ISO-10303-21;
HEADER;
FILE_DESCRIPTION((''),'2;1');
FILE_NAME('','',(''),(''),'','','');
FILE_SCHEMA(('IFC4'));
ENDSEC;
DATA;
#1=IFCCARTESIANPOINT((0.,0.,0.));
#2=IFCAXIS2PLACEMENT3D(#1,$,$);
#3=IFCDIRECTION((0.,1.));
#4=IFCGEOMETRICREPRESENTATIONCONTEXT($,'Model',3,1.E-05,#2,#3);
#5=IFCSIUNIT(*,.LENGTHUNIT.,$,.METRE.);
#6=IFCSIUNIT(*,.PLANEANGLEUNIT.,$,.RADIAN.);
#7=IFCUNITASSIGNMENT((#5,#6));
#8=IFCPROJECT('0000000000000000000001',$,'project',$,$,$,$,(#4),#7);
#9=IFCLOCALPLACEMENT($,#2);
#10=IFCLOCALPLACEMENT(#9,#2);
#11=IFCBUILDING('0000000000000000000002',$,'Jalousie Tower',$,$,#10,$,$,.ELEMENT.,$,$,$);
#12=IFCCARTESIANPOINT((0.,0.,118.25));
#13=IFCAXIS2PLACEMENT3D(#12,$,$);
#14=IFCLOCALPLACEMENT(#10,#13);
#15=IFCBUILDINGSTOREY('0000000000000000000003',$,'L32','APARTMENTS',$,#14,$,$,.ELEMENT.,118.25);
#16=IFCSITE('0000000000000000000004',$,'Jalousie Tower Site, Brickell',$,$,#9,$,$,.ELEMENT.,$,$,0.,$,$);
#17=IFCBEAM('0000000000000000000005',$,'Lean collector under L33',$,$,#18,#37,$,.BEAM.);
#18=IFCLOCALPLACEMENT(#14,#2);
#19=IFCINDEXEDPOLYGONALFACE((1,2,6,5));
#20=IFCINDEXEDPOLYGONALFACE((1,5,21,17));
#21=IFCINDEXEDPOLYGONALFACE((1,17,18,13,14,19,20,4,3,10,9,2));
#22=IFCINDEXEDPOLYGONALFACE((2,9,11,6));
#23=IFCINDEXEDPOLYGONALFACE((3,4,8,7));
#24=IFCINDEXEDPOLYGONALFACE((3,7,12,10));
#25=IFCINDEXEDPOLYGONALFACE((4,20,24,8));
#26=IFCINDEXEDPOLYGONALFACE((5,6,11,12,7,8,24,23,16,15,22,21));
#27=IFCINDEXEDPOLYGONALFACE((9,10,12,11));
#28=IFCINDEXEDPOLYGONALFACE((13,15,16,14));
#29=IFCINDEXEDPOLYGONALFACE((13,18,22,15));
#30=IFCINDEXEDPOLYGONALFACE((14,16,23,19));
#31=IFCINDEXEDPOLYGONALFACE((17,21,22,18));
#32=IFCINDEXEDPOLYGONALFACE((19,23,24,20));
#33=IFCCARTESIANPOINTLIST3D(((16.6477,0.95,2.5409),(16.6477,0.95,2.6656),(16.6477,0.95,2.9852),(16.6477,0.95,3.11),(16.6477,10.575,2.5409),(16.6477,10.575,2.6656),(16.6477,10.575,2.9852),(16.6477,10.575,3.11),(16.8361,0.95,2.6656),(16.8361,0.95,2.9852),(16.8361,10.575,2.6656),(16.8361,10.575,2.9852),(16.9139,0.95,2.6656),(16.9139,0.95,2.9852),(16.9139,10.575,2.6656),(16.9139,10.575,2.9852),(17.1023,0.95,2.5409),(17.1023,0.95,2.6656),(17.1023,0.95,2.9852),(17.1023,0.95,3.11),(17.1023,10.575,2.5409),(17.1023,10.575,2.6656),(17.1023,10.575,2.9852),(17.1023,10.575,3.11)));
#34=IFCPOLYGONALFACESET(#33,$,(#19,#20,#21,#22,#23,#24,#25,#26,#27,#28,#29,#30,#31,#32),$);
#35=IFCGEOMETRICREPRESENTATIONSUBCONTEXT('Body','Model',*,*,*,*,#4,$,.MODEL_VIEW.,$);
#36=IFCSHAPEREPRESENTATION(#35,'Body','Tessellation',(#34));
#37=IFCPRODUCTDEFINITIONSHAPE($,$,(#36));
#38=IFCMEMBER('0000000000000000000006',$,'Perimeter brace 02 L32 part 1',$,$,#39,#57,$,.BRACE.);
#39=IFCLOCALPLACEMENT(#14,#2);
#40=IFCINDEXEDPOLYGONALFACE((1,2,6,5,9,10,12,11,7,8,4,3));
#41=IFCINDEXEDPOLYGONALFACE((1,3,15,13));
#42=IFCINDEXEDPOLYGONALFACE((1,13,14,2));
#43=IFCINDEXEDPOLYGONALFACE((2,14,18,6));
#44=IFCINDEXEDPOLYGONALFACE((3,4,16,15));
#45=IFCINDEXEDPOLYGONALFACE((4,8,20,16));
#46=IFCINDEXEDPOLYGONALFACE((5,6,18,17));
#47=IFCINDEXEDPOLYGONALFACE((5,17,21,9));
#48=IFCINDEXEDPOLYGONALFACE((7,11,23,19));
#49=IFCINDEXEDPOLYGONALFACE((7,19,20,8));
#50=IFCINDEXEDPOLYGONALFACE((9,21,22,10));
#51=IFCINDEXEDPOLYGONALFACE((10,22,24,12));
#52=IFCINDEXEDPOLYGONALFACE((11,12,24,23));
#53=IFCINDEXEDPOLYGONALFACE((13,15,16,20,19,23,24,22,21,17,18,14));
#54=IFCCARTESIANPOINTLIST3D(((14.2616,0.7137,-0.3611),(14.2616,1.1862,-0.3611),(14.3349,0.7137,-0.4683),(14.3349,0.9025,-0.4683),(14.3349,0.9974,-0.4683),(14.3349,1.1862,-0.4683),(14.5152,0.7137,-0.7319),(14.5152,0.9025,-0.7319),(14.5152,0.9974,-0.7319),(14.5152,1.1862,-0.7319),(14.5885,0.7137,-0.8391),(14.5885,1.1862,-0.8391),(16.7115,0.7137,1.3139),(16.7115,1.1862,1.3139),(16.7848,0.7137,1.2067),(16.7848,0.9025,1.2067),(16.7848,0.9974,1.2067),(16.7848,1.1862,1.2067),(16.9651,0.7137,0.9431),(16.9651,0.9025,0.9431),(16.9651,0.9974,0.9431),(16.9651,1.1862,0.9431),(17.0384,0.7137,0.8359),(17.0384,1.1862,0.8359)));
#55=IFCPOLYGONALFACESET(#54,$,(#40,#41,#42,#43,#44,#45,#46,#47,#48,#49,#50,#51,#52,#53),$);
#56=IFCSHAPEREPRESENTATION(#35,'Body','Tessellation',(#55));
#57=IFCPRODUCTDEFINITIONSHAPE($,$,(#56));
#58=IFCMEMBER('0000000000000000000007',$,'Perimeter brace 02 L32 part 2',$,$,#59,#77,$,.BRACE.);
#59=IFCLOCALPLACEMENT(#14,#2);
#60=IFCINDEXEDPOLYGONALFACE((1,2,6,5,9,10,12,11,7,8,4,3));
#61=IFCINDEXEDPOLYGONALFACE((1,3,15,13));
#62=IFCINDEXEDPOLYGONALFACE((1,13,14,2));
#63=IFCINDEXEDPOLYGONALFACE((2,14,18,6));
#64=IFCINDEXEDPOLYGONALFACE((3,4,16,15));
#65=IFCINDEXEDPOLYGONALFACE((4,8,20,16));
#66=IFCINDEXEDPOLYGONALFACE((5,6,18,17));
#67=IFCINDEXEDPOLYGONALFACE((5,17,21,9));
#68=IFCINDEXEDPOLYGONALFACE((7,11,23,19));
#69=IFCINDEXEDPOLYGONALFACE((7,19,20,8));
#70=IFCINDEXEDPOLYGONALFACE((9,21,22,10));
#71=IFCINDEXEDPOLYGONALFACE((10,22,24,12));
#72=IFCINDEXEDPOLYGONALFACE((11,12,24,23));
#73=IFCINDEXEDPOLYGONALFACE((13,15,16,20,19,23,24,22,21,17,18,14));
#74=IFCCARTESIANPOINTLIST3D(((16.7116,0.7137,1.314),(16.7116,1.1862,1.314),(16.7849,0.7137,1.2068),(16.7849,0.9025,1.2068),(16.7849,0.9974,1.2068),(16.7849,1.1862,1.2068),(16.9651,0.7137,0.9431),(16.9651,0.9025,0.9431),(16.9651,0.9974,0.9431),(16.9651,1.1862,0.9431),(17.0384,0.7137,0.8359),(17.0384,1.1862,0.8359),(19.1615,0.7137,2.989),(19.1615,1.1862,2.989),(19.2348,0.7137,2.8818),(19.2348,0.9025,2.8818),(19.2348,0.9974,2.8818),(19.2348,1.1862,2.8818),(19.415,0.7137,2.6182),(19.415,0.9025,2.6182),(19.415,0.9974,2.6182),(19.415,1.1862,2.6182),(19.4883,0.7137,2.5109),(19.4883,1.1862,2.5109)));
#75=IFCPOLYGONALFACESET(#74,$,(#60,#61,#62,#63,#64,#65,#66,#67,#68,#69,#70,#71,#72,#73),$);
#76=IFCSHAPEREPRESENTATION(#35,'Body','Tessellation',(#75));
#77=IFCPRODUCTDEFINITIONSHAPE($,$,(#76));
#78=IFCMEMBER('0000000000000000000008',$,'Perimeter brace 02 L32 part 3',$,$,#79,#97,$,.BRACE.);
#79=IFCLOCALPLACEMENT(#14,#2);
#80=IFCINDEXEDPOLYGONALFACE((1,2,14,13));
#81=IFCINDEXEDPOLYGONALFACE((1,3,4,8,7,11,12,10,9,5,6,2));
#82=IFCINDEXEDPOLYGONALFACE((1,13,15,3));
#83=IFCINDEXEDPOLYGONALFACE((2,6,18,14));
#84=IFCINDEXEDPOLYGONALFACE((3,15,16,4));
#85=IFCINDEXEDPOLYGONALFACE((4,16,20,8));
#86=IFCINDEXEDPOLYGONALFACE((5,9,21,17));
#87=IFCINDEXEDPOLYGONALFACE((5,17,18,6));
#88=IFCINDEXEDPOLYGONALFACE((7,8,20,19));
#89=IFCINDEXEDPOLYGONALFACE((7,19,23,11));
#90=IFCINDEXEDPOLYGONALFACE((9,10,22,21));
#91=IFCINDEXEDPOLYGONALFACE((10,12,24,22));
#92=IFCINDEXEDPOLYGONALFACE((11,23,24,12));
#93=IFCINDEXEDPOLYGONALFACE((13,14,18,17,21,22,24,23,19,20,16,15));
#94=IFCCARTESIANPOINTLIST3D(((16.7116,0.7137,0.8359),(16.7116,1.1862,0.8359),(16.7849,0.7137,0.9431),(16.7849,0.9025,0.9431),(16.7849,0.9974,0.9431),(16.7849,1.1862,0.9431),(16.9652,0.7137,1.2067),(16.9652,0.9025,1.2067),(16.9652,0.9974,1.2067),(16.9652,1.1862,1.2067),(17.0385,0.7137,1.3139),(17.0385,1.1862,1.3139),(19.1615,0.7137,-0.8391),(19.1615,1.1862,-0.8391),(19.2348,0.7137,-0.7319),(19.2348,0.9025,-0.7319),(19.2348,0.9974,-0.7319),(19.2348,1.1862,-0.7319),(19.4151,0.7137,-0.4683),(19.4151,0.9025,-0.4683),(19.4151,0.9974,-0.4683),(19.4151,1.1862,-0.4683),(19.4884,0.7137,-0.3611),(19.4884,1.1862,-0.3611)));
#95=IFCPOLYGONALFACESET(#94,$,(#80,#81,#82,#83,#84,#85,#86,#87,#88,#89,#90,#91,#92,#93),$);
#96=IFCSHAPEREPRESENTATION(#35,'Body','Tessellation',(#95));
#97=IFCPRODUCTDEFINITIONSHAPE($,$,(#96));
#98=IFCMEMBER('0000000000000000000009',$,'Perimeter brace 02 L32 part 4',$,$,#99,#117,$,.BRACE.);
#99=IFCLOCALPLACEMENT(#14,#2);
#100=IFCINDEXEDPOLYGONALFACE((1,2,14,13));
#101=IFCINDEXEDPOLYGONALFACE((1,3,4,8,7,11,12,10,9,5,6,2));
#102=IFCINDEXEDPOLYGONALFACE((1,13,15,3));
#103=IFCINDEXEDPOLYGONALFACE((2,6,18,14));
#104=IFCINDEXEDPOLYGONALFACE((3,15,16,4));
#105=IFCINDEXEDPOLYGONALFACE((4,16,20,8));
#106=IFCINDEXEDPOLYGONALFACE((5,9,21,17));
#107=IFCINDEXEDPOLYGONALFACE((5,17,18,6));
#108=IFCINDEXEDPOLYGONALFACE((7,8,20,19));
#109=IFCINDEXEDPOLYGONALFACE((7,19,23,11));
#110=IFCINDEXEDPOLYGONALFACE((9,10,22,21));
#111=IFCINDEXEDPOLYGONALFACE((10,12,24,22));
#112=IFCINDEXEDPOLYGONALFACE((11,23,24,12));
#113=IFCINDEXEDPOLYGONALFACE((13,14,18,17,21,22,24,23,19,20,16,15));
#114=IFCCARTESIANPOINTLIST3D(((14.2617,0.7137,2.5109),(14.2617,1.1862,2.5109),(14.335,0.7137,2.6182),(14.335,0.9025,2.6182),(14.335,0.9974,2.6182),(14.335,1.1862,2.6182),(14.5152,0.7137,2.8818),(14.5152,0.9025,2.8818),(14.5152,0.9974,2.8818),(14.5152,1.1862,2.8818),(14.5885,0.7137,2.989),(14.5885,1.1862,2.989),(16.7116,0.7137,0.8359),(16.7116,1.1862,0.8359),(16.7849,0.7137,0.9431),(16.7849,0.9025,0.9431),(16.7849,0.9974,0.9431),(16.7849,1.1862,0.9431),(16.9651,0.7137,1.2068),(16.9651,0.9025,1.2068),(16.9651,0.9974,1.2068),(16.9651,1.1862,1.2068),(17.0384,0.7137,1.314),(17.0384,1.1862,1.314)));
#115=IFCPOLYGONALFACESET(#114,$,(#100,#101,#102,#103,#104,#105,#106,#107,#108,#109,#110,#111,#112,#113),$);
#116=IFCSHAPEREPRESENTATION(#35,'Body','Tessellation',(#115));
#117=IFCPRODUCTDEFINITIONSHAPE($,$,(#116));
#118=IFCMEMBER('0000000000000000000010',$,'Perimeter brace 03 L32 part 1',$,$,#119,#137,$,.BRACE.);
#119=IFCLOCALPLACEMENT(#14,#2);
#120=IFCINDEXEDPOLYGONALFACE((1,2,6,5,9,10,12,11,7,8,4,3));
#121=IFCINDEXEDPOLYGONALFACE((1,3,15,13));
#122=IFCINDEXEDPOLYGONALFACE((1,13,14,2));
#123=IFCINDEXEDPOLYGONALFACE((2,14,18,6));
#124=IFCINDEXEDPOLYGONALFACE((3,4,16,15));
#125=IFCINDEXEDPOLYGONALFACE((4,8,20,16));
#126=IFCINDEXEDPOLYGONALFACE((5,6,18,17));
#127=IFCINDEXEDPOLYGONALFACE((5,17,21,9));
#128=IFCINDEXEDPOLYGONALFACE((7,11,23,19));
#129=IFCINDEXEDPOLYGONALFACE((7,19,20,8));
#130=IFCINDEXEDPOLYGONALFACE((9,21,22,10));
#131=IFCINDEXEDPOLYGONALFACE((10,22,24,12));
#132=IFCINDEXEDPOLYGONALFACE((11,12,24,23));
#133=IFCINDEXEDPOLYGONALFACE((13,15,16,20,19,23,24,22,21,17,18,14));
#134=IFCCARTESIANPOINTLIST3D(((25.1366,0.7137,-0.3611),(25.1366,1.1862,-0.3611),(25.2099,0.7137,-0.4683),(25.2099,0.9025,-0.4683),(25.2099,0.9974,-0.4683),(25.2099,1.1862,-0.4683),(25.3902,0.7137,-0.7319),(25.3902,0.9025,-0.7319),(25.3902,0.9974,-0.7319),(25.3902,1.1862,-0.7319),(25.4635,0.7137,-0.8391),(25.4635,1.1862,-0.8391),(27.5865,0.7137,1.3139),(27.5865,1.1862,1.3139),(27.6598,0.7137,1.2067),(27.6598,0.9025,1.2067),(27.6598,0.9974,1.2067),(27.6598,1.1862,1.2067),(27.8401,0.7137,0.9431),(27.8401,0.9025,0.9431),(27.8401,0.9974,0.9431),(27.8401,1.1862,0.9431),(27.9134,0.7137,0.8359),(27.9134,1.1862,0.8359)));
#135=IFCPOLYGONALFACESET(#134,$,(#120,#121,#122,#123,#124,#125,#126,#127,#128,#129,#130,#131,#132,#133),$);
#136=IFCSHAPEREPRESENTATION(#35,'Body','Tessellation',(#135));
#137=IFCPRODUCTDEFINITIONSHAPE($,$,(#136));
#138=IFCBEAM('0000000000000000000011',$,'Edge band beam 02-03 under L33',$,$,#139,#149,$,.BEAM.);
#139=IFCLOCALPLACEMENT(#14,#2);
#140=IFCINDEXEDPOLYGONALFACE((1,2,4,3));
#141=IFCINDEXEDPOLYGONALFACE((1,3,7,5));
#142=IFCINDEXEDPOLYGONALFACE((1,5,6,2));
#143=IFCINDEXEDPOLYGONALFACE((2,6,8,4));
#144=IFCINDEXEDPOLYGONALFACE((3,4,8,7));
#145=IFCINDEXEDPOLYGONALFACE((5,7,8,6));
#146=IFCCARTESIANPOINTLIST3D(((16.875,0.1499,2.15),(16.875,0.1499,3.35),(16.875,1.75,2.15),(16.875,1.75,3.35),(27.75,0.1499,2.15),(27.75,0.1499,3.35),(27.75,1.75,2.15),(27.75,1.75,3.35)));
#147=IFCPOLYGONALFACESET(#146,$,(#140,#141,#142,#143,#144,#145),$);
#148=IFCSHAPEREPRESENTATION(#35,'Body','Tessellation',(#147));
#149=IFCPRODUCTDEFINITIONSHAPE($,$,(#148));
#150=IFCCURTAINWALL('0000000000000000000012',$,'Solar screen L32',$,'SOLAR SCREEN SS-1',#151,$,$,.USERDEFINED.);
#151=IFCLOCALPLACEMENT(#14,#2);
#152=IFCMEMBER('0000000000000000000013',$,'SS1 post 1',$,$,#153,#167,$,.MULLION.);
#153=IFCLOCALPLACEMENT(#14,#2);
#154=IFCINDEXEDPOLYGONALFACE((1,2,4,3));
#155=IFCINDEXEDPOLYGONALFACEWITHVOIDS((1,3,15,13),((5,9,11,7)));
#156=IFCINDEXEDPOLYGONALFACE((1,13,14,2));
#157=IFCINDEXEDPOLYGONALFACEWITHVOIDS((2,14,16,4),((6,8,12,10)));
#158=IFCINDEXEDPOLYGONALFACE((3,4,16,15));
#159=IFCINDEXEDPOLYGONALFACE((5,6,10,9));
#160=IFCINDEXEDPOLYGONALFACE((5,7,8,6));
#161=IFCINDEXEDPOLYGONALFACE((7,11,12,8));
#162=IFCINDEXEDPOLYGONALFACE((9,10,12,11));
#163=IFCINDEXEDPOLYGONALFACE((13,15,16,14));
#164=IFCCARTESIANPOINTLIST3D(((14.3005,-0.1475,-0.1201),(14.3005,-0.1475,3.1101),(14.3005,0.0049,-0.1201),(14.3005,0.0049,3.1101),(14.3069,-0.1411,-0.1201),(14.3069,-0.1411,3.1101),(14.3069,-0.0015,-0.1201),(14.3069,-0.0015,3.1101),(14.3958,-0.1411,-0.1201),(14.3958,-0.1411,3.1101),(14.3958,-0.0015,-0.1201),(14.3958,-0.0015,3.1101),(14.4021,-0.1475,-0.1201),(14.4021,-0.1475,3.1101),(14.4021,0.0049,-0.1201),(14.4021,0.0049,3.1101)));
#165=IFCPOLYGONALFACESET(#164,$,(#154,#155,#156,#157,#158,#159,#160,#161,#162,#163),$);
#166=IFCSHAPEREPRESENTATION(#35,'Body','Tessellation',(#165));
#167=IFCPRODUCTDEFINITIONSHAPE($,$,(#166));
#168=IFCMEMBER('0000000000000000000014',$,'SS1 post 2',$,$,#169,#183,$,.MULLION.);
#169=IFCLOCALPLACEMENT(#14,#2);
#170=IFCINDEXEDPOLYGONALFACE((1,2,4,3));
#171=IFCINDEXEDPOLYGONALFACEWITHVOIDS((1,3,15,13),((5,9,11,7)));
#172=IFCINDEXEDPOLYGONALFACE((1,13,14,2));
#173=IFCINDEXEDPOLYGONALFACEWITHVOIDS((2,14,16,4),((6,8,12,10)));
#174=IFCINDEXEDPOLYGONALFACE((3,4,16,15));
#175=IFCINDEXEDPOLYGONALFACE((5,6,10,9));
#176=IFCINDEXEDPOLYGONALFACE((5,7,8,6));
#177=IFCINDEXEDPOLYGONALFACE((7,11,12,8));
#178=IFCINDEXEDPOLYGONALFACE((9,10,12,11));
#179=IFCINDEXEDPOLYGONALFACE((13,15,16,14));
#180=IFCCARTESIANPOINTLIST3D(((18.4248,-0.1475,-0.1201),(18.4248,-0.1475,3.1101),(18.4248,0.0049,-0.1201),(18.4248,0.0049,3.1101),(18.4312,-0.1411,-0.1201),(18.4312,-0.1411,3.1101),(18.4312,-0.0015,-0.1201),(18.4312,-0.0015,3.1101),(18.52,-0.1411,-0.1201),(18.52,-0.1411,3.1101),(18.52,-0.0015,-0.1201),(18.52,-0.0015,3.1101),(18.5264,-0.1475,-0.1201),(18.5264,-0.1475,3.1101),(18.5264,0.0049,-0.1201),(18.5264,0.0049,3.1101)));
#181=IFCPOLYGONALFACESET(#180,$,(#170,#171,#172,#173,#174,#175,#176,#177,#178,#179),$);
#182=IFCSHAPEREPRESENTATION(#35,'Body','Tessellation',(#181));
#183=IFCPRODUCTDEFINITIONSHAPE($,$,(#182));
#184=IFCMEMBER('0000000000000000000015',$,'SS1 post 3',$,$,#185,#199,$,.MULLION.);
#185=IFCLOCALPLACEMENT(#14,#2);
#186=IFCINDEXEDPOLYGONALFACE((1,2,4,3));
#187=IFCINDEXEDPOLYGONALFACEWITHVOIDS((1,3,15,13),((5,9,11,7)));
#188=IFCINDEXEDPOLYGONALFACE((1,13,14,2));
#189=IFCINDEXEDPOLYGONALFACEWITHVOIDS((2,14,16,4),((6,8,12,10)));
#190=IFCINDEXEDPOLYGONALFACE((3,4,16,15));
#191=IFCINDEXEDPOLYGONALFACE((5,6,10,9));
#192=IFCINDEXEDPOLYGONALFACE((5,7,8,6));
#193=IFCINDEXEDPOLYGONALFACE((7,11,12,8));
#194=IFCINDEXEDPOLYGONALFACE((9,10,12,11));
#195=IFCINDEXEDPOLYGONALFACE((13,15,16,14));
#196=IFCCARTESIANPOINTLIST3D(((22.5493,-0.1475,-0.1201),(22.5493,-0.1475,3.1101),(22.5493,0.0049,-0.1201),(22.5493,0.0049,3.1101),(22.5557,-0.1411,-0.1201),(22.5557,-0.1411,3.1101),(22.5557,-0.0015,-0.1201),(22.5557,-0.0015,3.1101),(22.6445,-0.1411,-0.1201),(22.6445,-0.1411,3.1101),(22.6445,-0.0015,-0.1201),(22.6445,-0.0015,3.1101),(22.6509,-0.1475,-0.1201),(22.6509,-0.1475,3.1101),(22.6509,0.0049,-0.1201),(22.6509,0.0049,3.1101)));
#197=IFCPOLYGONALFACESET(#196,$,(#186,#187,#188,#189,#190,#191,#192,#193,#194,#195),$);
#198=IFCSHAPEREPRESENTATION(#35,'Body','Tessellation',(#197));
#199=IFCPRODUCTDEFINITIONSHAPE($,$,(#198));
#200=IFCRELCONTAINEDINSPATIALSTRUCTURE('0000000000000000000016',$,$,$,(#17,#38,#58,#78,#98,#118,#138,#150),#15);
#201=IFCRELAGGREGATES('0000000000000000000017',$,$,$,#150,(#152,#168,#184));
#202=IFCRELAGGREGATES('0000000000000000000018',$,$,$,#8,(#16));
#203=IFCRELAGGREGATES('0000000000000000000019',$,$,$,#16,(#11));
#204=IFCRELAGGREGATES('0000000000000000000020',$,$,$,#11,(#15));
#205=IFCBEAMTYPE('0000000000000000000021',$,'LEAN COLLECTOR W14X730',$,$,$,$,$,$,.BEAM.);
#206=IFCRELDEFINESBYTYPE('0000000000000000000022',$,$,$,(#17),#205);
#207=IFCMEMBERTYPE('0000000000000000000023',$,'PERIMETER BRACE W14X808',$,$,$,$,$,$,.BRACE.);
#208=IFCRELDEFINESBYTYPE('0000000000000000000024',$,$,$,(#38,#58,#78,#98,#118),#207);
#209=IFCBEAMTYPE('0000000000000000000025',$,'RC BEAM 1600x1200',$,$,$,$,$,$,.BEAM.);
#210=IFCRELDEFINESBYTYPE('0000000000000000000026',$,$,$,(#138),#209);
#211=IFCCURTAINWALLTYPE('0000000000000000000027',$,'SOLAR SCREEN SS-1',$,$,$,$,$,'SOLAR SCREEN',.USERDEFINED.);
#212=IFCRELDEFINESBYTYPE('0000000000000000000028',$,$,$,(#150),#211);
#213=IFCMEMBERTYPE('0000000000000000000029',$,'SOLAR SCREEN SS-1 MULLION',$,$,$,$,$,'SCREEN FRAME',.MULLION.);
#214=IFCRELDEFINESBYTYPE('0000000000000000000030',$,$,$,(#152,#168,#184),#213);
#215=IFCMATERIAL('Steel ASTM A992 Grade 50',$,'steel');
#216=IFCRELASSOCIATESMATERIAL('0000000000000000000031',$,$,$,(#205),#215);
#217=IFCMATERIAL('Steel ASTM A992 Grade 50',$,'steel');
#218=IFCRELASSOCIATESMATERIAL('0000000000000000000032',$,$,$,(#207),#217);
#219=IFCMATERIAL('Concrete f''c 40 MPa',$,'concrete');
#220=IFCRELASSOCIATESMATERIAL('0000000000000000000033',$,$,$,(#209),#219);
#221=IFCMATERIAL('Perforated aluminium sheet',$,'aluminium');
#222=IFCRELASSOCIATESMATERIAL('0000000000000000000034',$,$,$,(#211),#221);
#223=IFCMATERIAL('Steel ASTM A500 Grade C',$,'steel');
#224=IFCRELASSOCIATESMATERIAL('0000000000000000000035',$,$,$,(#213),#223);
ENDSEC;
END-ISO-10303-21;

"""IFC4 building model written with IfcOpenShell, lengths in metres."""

from ifc_helpers import new_model, si_unit, direction, frame, origin, origin_2d, place, context, subcontext, project, spatial, rectangle, hollow_rectangle, i_section, extrude, material, material_profile, profile_set, type_object, element, aggregate, save


model = new_model("IFC4")

# Units and contexts
model_context = context("Model", 3, precision=1e-05, world=origin(), true_north=direction((0.0, 1.0)))
body_context = subcontext(model_context, "Body", "Model", "MODEL_VIEW")
ifc_project = project(units=[si_unit("LENGTHUNIT", "METRE"), si_unit("PLANEANGLEUNIT", "RADIAN")], contexts=[model_context])

# Site, building, storey
site_placement = place(None, origin())
site = spatial("IfcSite", under=ifc_project, at=site_placement, Name="Jalousie Tower Site, Brickell", CompositionType="ELEMENT", RefElevation=0.0)
building_placement = place(site_placement, origin())
building = spatial("IfcBuilding", under=site, at=building_placement, Name="Jalousie Tower", CompositionType="ELEMENT")
storey_placement = place(building_placement, frame((0.0, 0.0, 118.25)))
storey = spatial("IfcBuildingStorey", under=building, at=storey_placement, Name="L32", Description="APARTMENTS", CompositionType="ELEMENT", Elevation=118.25)

# Beam
ifc_material_1 = material(Name="Steel ASTM A992 Grade 50", Category="steel")
ifc_material_profile_1 = material_profile(ifc_material_1, i_section(OverallWidth=0.4546, OverallDepth=0.5691, WebThickness=0.0779, FlangeThickness=0.1248, at=origin_2d()), Name="W14X730")
ifc_profile_set_1 = profile_set([ifc_material_profile_1], Name="Steel ASTM A992 Grade 50")
beam_type_1 = type_object("IfcBeamType", Name="LEAN COLLECTOR W14X730", PredefinedType="BEAM", material=ifc_profile_set_1)
beam_1_placement = place(storey_placement, frame((16.875, 0.95, 2.8254), z_axis=(0.0, 1.0, 0.0), x_axis=(-1.0, 0.0, 0.0)))
element("IfcBeam", 1, at=beam_1_placement, inside=storey, type_object=beam_type_1, Name="Lean collector under L33", PredefinedType="BEAM", context=body_context, shape_type="SweptSolid", body=[
    extrude(i_section(OverallWidth=0.4546, OverallDepth=0.5691, WebThickness=0.0779, FlangeThickness=0.1248, at=origin_2d()), origin(), (0.0, 0.0, 1.0), 9.625),
])

# Members
ifc_material_2 = material(Name="Steel ASTM A992 Grade 50", Category="steel")
ifc_material_profile_2 = material_profile(ifc_material_2, i_section(OverallWidth=0.4724, OverallDepth=0.5791, WebThickness=0.095, FlangeThickness=0.1299, at=origin_2d()), Name="W14X808")
ifc_profile_set_2 = profile_set([ifc_material_profile_2], Name="Steel ASTM A992 Grade 50")
member_type_1 = type_object("IfcMemberType", Name="PERIMETER BRACE W14X808", PredefinedType="BRACE", material=ifc_profile_set_2)
for number, where, z_axis, x_axis, name in (
    (2, (14.425, 0.95, -0.6001), (0.825501, 0.0, 0.564401), (0.0, 1.0, 0.0), "Perimeter brace 02 L32 part 1"),
    (3, (16.875, 0.95, 1.075), (0.825501, 0.0, 0.564401), (0.0, 1.0, 0.0), "Perimeter brace 02 L32 part 2"),
    (4, (19.325, 0.95, -0.6001), (-0.825501, 0.0, 0.564401), (0.0, -1.0, 0.0), "Perimeter brace 02 L32 part 3"),
    (5, (16.875, 0.95, 1.075), (-0.825501, 0.0, 0.564401), (0.0, -1.0, 0.0), "Perimeter brace 02 L32 part 4"),
    (6, (25.3, 0.95, -0.6001), (0.825501, 0.0, 0.564401), (0.0, 1.0, 0.0), "Perimeter brace 03 L32 part 1"),
):
    element("IfcMember", number, at=place(storey_placement, frame(where, z_axis=z_axis, x_axis=x_axis)), inside=storey, type_object=member_type_1, Name=name, PredefinedType="BRACE", context=body_context, shape_type="SweptSolid", body=[
        extrude(i_section(OverallWidth=0.4724, OverallDepth=0.5791, WebThickness=0.095, FlangeThickness=0.1299, at=origin_2d()), origin(), (0.0, 0.0, 1.0), 2.9678),
    ])

# Beam
ifc_material_3 = material(Name="Concrete f'c 40 MPa", Category="concrete")
ifc_material_profile_3 = material_profile(ifc_material_3, rectangle(XDim=1.6001, YDim=1.2, at=origin_2d()), Name="RC 1600x1200")
ifc_profile_set_3 = profile_set([ifc_material_profile_3], Name="Concrete f'c 40 MPa")
beam_type_2 = type_object("IfcBeamType", Name="RC BEAM 1600x1200", PredefinedType="BEAM", material=ifc_profile_set_3)
beam_2_placement = place(storey_placement, frame((16.875, 0.95, 2.75), z_axis=(1.0, 0.0, 0.0), x_axis=(0.0, 1.0, 0.0)))
element("IfcBeam", 7, at=beam_2_placement, inside=storey, type_object=beam_type_2, Name="Edge band beam 02-03 under L33", PredefinedType="BEAM", context=body_context, shape_type="SweptSolid", body=[
    extrude(rectangle(XDim=1.6001, YDim=1.2, at=origin_2d()), origin(), (0.0, 0.0, 1.0), 10.875),
])

# Curtain wall, members
ifc_material_4 = material(Name="Perforated aluminium sheet", Category="aluminium")
curtain_wall_type = type_object("IfcCurtainWallType", Name="SOLAR SCREEN SS-1", ElementType="SOLAR SCREEN", PredefinedType="USERDEFINED", material=ifc_material_4)
curtain_wall_1_placement = place(storey_placement, origin())
curtain_wall_1 = element("IfcCurtainWall", 8, at=curtain_wall_1_placement, inside=storey, type_object=curtain_wall_type, Name="Solar screen L32", ObjectType="SOLAR SCREEN SS-1", PredefinedType="USERDEFINED")
ifc_material_5 = material(Name="Steel ASTM A500 Grade C", Category="steel")
ifc_material_profile_4 = material_profile(ifc_material_5, hollow_rectangle(XDim=0.1016, YDim=0.1523, WallThickness=0.0063, at=origin_2d()), Name="HSS6X4X1/4")
ifc_profile_set_4 = profile_set([ifc_material_profile_4], Name="Steel ASTM A500 Grade C")
member_type_2 = type_object("IfcMemberType", Name="SOLAR SCREEN SS-1 MULLION", ElementType="SCREEN FRAME", PredefinedType="MULLION", material=ifc_profile_set_4)
member_1_placement = place(storey_placement, frame((14.3513, -0.0713, -0.1201), z_axis=(0.0, 0.0, 1.0), x_axis=(1.0, 0.0, 0.0)))
member_1 = element("IfcMember", 9, at=member_1_placement, type_object=member_type_2, Name="SS1 post 1", PredefinedType="MULLION", context=body_context, shape_type="SweptSolid", body=[
    extrude(hollow_rectangle(XDim=0.1016, YDim=0.1523, WallThickness=0.0063, at=origin_2d()), origin(), (0.0, 0.0, 1.0), 3.2302),
])
member_2_placement = place(storey_placement, frame((18.4756, -0.0713, -0.1201), z_axis=(0.0, 0.0, 1.0), x_axis=(1.0, 0.0, 0.0)))
member_2 = element("IfcMember", 10, at=member_2_placement, type_object=member_type_2, Name="SS1 post 2", PredefinedType="MULLION", context=body_context, shape_type="SweptSolid", body=[
    extrude(hollow_rectangle(XDim=0.1016, YDim=0.1523, WallThickness=0.0063, at=origin_2d()), origin(), (0.0, 0.0, 1.0), 3.2302),
])
member_3_placement = place(storey_placement, frame((22.6001, -0.0713, -0.1201), z_axis=(0.0, 0.0, 1.0), x_axis=(1.0, 0.0, 0.0)))
member_3 = element("IfcMember", 11, at=member_3_placement, type_object=member_type_2, Name="SS1 post 3", PredefinedType="MULLION", context=body_context, shape_type="SweptSolid", body=[
    extrude(hollow_rectangle(XDim=0.1016, YDim=0.1523, WallThickness=0.0063, at=origin_2d()), origin(), (0.0, 0.0, 1.0), 3.2302),
])

aggregate(curtain_wall_1, [member_1, member_2, member_3])

save(model, "model.ifc")
